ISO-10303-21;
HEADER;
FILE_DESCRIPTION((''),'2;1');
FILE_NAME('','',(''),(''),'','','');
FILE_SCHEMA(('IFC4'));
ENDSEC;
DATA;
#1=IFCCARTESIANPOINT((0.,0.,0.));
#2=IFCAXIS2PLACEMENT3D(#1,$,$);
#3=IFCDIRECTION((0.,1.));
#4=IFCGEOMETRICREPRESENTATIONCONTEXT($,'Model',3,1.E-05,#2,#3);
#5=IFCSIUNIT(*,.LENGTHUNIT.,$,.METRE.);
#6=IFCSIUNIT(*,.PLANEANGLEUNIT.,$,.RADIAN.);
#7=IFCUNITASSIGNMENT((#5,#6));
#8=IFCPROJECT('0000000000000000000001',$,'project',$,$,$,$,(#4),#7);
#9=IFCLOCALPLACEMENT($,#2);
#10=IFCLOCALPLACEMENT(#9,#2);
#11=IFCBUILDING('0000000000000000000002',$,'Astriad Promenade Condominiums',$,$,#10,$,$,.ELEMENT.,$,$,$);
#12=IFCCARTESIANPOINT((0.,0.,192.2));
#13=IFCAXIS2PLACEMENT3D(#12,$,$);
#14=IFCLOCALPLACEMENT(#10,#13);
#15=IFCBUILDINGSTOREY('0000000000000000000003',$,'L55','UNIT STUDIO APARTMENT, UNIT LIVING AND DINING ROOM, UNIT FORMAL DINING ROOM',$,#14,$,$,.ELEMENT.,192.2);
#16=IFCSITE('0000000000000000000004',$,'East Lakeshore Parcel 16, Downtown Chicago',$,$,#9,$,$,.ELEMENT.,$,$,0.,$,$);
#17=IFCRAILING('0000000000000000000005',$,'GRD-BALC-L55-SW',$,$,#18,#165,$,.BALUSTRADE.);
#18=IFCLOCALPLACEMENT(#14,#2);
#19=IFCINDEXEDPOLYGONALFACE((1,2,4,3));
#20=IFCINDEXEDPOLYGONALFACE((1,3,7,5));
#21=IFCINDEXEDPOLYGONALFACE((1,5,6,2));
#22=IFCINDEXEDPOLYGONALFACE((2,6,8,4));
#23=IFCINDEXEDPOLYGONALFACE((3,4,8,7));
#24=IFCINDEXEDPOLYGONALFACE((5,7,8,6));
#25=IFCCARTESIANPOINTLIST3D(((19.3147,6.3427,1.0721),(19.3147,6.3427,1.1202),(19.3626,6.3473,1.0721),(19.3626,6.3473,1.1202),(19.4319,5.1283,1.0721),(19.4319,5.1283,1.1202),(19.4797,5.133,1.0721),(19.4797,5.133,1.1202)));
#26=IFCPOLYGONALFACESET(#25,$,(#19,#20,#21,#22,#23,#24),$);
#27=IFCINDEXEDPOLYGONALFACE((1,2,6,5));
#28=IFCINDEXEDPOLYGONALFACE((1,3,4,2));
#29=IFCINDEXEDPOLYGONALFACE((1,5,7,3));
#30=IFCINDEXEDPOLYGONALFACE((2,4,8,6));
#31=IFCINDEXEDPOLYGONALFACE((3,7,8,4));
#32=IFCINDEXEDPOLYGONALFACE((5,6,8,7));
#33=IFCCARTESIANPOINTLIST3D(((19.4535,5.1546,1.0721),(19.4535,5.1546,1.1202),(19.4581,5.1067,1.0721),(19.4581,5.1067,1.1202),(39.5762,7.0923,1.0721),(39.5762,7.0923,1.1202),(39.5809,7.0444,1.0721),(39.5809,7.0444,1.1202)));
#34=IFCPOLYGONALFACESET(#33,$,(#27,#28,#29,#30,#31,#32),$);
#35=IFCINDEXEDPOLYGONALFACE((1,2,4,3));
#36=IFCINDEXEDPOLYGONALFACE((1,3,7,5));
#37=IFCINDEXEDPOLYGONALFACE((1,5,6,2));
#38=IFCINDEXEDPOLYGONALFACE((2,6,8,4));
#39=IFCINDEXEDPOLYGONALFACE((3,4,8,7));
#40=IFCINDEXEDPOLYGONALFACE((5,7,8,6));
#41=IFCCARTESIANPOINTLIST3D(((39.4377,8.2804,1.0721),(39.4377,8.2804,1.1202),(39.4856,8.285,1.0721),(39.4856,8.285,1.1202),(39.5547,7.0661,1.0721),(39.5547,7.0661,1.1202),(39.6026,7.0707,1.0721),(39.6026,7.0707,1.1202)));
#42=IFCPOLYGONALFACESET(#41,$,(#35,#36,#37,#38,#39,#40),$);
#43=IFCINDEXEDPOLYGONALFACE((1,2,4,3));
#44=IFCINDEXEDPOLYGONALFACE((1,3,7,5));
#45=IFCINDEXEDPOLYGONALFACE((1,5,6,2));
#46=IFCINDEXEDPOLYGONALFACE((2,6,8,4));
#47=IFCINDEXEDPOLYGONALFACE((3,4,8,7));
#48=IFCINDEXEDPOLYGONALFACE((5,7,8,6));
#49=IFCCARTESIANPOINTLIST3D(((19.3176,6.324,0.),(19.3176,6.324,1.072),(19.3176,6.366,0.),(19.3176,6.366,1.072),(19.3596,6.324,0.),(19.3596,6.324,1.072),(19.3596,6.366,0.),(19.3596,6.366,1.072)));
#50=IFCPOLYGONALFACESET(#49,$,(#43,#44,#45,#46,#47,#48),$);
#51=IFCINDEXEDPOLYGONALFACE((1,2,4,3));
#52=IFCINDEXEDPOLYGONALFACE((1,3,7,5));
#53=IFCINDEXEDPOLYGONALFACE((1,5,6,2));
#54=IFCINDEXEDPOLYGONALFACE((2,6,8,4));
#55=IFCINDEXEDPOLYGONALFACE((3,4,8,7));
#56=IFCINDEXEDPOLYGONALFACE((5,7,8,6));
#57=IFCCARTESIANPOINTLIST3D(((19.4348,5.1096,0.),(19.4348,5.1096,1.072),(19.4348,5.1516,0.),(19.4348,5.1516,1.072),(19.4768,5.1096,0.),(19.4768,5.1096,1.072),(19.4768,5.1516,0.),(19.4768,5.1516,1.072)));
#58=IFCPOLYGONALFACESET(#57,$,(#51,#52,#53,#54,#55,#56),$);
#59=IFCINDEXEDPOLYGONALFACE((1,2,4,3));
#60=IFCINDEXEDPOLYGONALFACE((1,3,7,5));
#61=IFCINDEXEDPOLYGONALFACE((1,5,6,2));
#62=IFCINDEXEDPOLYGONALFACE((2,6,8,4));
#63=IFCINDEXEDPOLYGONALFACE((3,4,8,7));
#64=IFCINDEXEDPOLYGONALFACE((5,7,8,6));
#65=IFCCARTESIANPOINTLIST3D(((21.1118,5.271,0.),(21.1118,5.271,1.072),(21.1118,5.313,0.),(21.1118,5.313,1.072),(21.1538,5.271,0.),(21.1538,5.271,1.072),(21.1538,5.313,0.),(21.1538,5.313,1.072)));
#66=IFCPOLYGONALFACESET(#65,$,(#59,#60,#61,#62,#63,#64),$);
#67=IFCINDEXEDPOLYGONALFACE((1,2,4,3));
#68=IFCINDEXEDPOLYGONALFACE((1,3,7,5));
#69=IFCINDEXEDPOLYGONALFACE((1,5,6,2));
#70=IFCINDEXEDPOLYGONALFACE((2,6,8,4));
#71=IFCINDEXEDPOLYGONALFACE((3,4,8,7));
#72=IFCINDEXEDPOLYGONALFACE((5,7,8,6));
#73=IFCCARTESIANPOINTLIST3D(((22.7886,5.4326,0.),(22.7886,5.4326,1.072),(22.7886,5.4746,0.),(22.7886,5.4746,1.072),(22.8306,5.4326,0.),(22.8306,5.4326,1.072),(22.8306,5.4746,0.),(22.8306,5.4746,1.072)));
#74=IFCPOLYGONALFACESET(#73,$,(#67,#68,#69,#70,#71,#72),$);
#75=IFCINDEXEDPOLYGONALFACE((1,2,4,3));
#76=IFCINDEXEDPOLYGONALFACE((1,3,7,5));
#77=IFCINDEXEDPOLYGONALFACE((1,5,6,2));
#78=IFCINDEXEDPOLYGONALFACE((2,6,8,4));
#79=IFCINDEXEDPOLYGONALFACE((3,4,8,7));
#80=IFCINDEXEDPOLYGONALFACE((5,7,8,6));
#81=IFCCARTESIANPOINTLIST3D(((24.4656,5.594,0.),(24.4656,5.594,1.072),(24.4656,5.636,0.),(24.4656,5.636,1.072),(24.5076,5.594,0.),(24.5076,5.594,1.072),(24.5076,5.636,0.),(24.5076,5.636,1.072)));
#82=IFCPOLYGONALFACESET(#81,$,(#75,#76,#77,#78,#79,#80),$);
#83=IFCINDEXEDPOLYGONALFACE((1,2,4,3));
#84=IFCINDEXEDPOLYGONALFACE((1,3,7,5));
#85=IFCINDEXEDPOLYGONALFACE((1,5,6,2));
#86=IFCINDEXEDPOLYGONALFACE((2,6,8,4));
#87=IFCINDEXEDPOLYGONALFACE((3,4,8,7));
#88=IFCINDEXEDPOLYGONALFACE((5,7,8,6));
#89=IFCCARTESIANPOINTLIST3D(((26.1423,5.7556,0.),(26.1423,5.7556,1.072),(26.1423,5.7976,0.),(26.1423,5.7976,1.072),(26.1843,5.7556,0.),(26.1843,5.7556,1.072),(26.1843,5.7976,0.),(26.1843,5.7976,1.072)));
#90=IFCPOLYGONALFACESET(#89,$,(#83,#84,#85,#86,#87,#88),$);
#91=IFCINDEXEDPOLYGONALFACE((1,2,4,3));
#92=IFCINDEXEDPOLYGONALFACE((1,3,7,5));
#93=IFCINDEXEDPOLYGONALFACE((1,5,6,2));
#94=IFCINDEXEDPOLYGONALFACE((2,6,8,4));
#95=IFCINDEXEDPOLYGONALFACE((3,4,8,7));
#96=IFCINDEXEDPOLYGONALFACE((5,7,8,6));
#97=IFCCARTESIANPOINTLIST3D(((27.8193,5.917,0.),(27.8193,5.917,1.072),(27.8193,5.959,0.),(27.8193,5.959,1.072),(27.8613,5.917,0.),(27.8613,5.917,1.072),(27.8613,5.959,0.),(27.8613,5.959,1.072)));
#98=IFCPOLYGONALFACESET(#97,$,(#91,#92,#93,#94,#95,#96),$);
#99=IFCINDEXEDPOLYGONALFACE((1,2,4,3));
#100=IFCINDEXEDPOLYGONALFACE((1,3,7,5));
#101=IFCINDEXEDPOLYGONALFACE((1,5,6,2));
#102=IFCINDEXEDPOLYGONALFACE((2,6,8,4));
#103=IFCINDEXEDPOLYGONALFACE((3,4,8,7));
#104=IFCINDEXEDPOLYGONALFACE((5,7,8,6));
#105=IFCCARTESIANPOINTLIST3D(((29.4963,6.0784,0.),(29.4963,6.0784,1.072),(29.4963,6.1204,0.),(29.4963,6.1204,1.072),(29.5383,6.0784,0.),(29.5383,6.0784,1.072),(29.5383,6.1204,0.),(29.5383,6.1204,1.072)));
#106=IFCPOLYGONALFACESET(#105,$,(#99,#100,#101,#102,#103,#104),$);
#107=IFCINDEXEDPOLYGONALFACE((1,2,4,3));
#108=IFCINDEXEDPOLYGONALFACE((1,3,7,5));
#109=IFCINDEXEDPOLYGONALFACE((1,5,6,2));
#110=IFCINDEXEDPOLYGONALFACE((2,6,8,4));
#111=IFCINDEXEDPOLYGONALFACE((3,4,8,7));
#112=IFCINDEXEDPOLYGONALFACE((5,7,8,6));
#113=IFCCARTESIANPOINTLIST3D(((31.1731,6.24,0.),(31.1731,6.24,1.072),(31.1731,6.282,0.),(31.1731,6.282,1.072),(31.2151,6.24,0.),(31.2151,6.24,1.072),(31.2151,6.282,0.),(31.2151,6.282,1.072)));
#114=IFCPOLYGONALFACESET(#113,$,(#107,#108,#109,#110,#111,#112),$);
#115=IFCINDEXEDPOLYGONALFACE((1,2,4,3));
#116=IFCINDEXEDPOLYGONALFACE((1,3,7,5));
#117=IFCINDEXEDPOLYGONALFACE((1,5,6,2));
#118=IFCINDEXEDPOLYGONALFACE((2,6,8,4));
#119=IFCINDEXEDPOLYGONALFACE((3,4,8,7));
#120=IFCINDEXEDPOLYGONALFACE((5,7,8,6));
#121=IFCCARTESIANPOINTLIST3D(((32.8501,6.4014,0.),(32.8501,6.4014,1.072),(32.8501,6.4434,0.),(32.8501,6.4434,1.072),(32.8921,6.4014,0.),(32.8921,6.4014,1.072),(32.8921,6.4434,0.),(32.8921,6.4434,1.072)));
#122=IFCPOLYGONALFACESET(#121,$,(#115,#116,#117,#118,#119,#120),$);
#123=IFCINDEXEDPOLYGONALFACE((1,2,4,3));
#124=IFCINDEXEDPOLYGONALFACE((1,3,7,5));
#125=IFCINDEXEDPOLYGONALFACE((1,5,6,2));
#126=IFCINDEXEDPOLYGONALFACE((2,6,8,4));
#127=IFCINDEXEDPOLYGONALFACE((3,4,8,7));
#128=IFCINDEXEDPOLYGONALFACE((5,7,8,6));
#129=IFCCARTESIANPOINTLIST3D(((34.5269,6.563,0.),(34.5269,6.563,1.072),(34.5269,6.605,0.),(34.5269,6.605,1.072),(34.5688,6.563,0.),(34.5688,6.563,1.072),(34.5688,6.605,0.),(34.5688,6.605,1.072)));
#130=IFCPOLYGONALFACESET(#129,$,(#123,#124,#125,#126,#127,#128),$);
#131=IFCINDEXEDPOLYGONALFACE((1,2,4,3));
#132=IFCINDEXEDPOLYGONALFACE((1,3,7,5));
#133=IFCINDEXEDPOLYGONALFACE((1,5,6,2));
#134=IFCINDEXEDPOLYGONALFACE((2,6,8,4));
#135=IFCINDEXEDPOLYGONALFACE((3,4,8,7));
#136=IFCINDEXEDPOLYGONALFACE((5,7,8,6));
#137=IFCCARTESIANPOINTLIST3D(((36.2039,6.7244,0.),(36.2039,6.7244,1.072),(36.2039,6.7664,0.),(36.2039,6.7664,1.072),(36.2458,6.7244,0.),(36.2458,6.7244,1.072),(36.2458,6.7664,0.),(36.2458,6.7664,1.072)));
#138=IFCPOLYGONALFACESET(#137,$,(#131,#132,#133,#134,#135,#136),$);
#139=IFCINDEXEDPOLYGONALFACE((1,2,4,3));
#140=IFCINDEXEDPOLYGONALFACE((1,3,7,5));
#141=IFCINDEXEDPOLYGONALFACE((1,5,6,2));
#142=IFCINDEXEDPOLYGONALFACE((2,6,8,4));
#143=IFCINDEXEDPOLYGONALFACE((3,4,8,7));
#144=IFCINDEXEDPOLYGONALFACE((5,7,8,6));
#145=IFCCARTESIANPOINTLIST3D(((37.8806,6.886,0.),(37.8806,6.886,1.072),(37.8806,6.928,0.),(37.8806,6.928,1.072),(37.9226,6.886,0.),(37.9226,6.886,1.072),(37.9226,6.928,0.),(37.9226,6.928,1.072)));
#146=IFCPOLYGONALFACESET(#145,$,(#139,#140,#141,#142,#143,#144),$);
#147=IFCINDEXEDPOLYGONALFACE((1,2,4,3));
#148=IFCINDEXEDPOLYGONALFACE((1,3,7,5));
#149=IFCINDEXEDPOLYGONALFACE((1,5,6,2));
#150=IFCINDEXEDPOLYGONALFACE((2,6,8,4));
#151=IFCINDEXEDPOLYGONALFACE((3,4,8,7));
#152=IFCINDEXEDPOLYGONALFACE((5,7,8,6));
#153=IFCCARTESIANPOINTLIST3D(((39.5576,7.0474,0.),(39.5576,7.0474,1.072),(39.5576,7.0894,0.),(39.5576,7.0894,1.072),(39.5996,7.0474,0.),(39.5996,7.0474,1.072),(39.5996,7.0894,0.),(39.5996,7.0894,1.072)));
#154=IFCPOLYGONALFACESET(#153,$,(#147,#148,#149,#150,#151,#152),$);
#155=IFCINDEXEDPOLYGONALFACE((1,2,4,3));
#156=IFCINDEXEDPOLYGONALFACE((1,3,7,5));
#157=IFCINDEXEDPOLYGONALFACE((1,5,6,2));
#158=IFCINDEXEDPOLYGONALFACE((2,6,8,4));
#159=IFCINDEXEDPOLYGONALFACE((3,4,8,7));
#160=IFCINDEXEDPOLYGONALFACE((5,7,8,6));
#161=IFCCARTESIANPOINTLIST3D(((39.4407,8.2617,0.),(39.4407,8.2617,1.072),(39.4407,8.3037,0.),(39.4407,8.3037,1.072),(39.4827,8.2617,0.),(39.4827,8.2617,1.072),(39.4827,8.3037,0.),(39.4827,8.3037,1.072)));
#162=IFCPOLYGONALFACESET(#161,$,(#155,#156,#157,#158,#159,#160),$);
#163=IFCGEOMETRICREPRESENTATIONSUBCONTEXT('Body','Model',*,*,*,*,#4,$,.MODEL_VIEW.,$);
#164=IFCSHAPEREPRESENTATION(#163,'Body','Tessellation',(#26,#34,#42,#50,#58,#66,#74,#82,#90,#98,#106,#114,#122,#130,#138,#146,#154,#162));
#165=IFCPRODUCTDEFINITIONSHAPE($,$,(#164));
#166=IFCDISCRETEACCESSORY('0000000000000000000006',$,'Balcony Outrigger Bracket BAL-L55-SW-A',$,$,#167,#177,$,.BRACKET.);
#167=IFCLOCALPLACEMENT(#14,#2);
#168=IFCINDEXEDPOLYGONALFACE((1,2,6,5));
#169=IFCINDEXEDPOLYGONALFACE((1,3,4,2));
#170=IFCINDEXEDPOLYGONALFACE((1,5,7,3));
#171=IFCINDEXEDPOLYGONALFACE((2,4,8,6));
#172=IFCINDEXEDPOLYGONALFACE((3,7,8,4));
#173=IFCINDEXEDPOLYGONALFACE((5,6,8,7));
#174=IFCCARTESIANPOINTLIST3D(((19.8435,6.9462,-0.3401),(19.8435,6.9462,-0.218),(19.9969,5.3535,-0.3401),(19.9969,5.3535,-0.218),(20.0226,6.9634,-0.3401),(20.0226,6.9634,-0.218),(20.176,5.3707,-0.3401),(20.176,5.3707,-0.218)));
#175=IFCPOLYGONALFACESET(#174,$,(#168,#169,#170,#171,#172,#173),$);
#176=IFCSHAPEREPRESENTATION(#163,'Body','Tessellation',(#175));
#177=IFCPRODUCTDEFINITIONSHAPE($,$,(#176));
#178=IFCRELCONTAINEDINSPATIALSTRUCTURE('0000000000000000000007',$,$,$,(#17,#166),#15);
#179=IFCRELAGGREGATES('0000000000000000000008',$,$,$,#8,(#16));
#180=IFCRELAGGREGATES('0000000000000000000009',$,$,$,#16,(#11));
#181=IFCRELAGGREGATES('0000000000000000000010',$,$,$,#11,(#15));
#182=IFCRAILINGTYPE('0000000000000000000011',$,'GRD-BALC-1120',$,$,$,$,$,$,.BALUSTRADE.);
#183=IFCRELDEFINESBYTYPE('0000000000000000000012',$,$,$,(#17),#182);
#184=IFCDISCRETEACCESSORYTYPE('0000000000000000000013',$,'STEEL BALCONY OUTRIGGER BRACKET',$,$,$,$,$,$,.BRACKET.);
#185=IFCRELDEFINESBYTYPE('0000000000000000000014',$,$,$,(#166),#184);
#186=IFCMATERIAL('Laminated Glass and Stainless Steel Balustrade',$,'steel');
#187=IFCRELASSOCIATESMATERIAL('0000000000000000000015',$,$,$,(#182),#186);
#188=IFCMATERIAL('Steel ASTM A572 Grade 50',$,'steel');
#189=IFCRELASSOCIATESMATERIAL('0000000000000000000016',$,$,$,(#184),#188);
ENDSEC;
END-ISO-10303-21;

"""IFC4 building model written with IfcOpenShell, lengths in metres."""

from ifc_helpers import new_model, si_unit, direction, frame, origin, origin_2d, place, context, subcontext, project, spatial, rectangle, extrude, source, transform, mapped, material, type_object, type_shapes, element, save


model = new_model("IFC4")

# Units and contexts
model_context = context("Model", 3, precision=1e-05, world=origin(), true_north=direction((0.0, 1.0)))
body_context = subcontext(model_context, "Body", "Model", "MODEL_VIEW")
ifc_project = project(units=[si_unit("LENGTHUNIT", "METRE"), si_unit("PLANEANGLEUNIT", "RADIAN")], contexts=[model_context])

# Site, building, storey
site_placement = place(None, origin())
site = spatial("IfcSite", under=ifc_project, at=site_placement, Name="East Lakeshore Parcel 16, Downtown Chicago", CompositionType="ELEMENT", RefElevation=0.0)
building_placement = place(site_placement, origin())
building = spatial("IfcBuilding", under=site, at=building_placement, Name="Astriad Promenade Condominiums", CompositionType="ELEMENT")
storey_placement = place(building_placement, frame((0.0, 0.0, 192.2)))
storey = spatial("IfcBuildingStorey", under=building, at=storey_placement, Name="L55", Description="UNIT STUDIO APARTMENT, UNIT LIVING AND DINING ROOM, UNIT FORMAL DINING ROOM", CompositionType="ELEMENT", Elevation=192.2)

# Railing
ifc_material_1 = material(Name="Laminated Glass and Stainless Steel Balustrade", Category="steel")
railing_type = type_object("IfcRailingType", Name="GRD-BALC-1120", PredefinedType="BALUSTRADE", material=ifc_material_1)
shared_shape_1 = source(origin(), body_context, "Body", "SweptSolid", [
    extrude(rectangle(XDim=0.0481, YDim=0.0481, at=origin_2d()), frame((0.0, 0.0, 1.0962), z_axis=(0.096056, -0.995376, 0.0), x_axis=(0.995376, 0.096056, 0.0)), (0.0, 0.0, 1.0), 1.22),
    extrude(rectangle(XDim=0.0481, YDim=0.0481, at=origin_2d()), frame((0.1172, -1.2144, 1.0962), z_axis=(0.995396, 0.095853, 0.0), x_axis=(-0.095853, 0.995396, 0.0)), (0.0, 0.0, 1.0), 20.2158),
    extrude(rectangle(XDim=0.0481, YDim=0.0481, at=origin_2d()), frame((20.24, 0.7234, 1.0962), z_axis=(-0.095857, 0.995395, 0.0), x_axis=(-0.995395, -0.095857, 0.0)), (0.0, 0.0, 1.0), 1.22),
    extrude(rectangle(XDim=0.042, YDim=0.042, at=origin_2d()), origin(), (0.0, 0.0, 1.0), 1.072),
    extrude(rectangle(XDim=0.042, YDim=0.042, at=origin_2d()), frame((0.1172, -1.2144, 0.0)), (0.0, 0.0, 1.0), 1.072),
    extrude(rectangle(XDim=0.042, YDim=0.042, at=origin_2d()), frame((1.7942, -1.053, 0.0)), (0.0, 0.0, 1.0), 1.072),
    extrude(rectangle(XDim=0.042, YDim=0.042, at=origin_2d()), frame((3.4709, -0.8914, 0.0)), (0.0, 0.0, 1.0), 1.072),
    extrude(rectangle(XDim=0.042, YDim=0.042, at=origin_2d()), frame((5.1479, -0.73, 0.0)), (0.0, 0.0, 1.0), 1.072),
    extrude(rectangle(XDim=0.042, YDim=0.042, at=origin_2d()), frame((6.8247, -0.5684, 0.0)), (0.0, 0.0, 1.0), 1.072),
    extrude(rectangle(XDim=0.042, YDim=0.042, at=origin_2d()), frame((8.5017, -0.407, 0.0)), (0.0, 0.0, 1.0), 1.072),
    extrude(rectangle(XDim=0.042, YDim=0.042, at=origin_2d()), frame((10.1787, -0.2456, 0.0)), (0.0, 0.0, 1.0), 1.072),
    extrude(rectangle(XDim=0.042, YDim=0.042, at=origin_2d()), frame((11.8555, -0.084, 0.0)), (0.0, 0.0, 1.0), 1.072),
    extrude(rectangle(XDim=0.042, YDim=0.042, at=origin_2d()), frame((13.5325, 0.0774, 0.0)), (0.0, 0.0, 1.0), 1.072),
    extrude(rectangle(XDim=0.042, YDim=0.042, at=origin_2d()), frame((15.2092, 0.239, 0.0)), (0.0, 0.0, 1.0), 1.072),
    extrude(rectangle(XDim=0.042, YDim=0.042, at=origin_2d()), frame((16.8862, 0.4004, 0.0)), (0.0, 0.0, 1.0), 1.072),
    extrude(rectangle(XDim=0.042, YDim=0.042, at=origin_2d()), frame((18.563, 0.562, 0.0)), (0.0, 0.0, 1.0), 1.072),
    extrude(rectangle(XDim=0.042, YDim=0.042, at=origin_2d()), frame((20.24, 0.7234, 0.0)), (0.0, 0.0, 1.0), 1.072),
    extrude(rectangle(XDim=0.042, YDim=0.042, at=origin_2d()), frame((20.123, 1.9377, 0.0)), (0.0, 0.0, 1.0), 1.072),
])
type_shapes(railing_type, [shared_shape_1])
railing_placement = place(storey_placement, frame((19.3386, 6.345, 0.0)))
element("IfcRailing", 1, at=railing_placement, inside=storey, type_object=railing_type, Name="GRD-BALC-L55-SW", PredefinedType="BALUSTRADE", context=body_context, shape_type="MappedRepresentation", body=[
    mapped(shared_shape_1, transform((0.0, 0.0, 0.0), scale=1.0)),
])

# Discrete accessory
ifc_material_2 = material(Name="Steel ASTM A572 Grade 50", Category="steel")
discrete_accessory_type = type_object("IfcDiscreteAccessoryType", Name="STEEL BALCONY OUTRIGGER BRACKET", PredefinedType="BRACKET", material=ifc_material_2)
shared_shape_2 = source(origin(), body_context, "Body", "SweptSolid", [
    extrude(rectangle(XDim=1.6001, YDim=0.1799, at=origin_2d()), origin(), (0.0, 0.0, 1.0), 0.1221),
])
type_shapes(discrete_accessory_type, [shared_shape_2])
discrete_accessory_placement = place(storey_placement, frame((20.0098, 6.1584, -0.3401), z_axis=(0.0, 0.0, 1.0), x_axis=(0.095846, -0.995396, 0.0)))
element("IfcDiscreteAccessory", 2, at=discrete_accessory_placement, inside=storey, type_object=discrete_accessory_type, Name="Balcony Outrigger Bracket BAL-L55-SW-A", PredefinedType="BRACKET", context=body_context, shape_type="MappedRepresentation", body=[
    mapped(shared_shape_2, transform((0.0, 0.0, 0.0), scale=1.0)),
])

save(model, "model.ifc")
